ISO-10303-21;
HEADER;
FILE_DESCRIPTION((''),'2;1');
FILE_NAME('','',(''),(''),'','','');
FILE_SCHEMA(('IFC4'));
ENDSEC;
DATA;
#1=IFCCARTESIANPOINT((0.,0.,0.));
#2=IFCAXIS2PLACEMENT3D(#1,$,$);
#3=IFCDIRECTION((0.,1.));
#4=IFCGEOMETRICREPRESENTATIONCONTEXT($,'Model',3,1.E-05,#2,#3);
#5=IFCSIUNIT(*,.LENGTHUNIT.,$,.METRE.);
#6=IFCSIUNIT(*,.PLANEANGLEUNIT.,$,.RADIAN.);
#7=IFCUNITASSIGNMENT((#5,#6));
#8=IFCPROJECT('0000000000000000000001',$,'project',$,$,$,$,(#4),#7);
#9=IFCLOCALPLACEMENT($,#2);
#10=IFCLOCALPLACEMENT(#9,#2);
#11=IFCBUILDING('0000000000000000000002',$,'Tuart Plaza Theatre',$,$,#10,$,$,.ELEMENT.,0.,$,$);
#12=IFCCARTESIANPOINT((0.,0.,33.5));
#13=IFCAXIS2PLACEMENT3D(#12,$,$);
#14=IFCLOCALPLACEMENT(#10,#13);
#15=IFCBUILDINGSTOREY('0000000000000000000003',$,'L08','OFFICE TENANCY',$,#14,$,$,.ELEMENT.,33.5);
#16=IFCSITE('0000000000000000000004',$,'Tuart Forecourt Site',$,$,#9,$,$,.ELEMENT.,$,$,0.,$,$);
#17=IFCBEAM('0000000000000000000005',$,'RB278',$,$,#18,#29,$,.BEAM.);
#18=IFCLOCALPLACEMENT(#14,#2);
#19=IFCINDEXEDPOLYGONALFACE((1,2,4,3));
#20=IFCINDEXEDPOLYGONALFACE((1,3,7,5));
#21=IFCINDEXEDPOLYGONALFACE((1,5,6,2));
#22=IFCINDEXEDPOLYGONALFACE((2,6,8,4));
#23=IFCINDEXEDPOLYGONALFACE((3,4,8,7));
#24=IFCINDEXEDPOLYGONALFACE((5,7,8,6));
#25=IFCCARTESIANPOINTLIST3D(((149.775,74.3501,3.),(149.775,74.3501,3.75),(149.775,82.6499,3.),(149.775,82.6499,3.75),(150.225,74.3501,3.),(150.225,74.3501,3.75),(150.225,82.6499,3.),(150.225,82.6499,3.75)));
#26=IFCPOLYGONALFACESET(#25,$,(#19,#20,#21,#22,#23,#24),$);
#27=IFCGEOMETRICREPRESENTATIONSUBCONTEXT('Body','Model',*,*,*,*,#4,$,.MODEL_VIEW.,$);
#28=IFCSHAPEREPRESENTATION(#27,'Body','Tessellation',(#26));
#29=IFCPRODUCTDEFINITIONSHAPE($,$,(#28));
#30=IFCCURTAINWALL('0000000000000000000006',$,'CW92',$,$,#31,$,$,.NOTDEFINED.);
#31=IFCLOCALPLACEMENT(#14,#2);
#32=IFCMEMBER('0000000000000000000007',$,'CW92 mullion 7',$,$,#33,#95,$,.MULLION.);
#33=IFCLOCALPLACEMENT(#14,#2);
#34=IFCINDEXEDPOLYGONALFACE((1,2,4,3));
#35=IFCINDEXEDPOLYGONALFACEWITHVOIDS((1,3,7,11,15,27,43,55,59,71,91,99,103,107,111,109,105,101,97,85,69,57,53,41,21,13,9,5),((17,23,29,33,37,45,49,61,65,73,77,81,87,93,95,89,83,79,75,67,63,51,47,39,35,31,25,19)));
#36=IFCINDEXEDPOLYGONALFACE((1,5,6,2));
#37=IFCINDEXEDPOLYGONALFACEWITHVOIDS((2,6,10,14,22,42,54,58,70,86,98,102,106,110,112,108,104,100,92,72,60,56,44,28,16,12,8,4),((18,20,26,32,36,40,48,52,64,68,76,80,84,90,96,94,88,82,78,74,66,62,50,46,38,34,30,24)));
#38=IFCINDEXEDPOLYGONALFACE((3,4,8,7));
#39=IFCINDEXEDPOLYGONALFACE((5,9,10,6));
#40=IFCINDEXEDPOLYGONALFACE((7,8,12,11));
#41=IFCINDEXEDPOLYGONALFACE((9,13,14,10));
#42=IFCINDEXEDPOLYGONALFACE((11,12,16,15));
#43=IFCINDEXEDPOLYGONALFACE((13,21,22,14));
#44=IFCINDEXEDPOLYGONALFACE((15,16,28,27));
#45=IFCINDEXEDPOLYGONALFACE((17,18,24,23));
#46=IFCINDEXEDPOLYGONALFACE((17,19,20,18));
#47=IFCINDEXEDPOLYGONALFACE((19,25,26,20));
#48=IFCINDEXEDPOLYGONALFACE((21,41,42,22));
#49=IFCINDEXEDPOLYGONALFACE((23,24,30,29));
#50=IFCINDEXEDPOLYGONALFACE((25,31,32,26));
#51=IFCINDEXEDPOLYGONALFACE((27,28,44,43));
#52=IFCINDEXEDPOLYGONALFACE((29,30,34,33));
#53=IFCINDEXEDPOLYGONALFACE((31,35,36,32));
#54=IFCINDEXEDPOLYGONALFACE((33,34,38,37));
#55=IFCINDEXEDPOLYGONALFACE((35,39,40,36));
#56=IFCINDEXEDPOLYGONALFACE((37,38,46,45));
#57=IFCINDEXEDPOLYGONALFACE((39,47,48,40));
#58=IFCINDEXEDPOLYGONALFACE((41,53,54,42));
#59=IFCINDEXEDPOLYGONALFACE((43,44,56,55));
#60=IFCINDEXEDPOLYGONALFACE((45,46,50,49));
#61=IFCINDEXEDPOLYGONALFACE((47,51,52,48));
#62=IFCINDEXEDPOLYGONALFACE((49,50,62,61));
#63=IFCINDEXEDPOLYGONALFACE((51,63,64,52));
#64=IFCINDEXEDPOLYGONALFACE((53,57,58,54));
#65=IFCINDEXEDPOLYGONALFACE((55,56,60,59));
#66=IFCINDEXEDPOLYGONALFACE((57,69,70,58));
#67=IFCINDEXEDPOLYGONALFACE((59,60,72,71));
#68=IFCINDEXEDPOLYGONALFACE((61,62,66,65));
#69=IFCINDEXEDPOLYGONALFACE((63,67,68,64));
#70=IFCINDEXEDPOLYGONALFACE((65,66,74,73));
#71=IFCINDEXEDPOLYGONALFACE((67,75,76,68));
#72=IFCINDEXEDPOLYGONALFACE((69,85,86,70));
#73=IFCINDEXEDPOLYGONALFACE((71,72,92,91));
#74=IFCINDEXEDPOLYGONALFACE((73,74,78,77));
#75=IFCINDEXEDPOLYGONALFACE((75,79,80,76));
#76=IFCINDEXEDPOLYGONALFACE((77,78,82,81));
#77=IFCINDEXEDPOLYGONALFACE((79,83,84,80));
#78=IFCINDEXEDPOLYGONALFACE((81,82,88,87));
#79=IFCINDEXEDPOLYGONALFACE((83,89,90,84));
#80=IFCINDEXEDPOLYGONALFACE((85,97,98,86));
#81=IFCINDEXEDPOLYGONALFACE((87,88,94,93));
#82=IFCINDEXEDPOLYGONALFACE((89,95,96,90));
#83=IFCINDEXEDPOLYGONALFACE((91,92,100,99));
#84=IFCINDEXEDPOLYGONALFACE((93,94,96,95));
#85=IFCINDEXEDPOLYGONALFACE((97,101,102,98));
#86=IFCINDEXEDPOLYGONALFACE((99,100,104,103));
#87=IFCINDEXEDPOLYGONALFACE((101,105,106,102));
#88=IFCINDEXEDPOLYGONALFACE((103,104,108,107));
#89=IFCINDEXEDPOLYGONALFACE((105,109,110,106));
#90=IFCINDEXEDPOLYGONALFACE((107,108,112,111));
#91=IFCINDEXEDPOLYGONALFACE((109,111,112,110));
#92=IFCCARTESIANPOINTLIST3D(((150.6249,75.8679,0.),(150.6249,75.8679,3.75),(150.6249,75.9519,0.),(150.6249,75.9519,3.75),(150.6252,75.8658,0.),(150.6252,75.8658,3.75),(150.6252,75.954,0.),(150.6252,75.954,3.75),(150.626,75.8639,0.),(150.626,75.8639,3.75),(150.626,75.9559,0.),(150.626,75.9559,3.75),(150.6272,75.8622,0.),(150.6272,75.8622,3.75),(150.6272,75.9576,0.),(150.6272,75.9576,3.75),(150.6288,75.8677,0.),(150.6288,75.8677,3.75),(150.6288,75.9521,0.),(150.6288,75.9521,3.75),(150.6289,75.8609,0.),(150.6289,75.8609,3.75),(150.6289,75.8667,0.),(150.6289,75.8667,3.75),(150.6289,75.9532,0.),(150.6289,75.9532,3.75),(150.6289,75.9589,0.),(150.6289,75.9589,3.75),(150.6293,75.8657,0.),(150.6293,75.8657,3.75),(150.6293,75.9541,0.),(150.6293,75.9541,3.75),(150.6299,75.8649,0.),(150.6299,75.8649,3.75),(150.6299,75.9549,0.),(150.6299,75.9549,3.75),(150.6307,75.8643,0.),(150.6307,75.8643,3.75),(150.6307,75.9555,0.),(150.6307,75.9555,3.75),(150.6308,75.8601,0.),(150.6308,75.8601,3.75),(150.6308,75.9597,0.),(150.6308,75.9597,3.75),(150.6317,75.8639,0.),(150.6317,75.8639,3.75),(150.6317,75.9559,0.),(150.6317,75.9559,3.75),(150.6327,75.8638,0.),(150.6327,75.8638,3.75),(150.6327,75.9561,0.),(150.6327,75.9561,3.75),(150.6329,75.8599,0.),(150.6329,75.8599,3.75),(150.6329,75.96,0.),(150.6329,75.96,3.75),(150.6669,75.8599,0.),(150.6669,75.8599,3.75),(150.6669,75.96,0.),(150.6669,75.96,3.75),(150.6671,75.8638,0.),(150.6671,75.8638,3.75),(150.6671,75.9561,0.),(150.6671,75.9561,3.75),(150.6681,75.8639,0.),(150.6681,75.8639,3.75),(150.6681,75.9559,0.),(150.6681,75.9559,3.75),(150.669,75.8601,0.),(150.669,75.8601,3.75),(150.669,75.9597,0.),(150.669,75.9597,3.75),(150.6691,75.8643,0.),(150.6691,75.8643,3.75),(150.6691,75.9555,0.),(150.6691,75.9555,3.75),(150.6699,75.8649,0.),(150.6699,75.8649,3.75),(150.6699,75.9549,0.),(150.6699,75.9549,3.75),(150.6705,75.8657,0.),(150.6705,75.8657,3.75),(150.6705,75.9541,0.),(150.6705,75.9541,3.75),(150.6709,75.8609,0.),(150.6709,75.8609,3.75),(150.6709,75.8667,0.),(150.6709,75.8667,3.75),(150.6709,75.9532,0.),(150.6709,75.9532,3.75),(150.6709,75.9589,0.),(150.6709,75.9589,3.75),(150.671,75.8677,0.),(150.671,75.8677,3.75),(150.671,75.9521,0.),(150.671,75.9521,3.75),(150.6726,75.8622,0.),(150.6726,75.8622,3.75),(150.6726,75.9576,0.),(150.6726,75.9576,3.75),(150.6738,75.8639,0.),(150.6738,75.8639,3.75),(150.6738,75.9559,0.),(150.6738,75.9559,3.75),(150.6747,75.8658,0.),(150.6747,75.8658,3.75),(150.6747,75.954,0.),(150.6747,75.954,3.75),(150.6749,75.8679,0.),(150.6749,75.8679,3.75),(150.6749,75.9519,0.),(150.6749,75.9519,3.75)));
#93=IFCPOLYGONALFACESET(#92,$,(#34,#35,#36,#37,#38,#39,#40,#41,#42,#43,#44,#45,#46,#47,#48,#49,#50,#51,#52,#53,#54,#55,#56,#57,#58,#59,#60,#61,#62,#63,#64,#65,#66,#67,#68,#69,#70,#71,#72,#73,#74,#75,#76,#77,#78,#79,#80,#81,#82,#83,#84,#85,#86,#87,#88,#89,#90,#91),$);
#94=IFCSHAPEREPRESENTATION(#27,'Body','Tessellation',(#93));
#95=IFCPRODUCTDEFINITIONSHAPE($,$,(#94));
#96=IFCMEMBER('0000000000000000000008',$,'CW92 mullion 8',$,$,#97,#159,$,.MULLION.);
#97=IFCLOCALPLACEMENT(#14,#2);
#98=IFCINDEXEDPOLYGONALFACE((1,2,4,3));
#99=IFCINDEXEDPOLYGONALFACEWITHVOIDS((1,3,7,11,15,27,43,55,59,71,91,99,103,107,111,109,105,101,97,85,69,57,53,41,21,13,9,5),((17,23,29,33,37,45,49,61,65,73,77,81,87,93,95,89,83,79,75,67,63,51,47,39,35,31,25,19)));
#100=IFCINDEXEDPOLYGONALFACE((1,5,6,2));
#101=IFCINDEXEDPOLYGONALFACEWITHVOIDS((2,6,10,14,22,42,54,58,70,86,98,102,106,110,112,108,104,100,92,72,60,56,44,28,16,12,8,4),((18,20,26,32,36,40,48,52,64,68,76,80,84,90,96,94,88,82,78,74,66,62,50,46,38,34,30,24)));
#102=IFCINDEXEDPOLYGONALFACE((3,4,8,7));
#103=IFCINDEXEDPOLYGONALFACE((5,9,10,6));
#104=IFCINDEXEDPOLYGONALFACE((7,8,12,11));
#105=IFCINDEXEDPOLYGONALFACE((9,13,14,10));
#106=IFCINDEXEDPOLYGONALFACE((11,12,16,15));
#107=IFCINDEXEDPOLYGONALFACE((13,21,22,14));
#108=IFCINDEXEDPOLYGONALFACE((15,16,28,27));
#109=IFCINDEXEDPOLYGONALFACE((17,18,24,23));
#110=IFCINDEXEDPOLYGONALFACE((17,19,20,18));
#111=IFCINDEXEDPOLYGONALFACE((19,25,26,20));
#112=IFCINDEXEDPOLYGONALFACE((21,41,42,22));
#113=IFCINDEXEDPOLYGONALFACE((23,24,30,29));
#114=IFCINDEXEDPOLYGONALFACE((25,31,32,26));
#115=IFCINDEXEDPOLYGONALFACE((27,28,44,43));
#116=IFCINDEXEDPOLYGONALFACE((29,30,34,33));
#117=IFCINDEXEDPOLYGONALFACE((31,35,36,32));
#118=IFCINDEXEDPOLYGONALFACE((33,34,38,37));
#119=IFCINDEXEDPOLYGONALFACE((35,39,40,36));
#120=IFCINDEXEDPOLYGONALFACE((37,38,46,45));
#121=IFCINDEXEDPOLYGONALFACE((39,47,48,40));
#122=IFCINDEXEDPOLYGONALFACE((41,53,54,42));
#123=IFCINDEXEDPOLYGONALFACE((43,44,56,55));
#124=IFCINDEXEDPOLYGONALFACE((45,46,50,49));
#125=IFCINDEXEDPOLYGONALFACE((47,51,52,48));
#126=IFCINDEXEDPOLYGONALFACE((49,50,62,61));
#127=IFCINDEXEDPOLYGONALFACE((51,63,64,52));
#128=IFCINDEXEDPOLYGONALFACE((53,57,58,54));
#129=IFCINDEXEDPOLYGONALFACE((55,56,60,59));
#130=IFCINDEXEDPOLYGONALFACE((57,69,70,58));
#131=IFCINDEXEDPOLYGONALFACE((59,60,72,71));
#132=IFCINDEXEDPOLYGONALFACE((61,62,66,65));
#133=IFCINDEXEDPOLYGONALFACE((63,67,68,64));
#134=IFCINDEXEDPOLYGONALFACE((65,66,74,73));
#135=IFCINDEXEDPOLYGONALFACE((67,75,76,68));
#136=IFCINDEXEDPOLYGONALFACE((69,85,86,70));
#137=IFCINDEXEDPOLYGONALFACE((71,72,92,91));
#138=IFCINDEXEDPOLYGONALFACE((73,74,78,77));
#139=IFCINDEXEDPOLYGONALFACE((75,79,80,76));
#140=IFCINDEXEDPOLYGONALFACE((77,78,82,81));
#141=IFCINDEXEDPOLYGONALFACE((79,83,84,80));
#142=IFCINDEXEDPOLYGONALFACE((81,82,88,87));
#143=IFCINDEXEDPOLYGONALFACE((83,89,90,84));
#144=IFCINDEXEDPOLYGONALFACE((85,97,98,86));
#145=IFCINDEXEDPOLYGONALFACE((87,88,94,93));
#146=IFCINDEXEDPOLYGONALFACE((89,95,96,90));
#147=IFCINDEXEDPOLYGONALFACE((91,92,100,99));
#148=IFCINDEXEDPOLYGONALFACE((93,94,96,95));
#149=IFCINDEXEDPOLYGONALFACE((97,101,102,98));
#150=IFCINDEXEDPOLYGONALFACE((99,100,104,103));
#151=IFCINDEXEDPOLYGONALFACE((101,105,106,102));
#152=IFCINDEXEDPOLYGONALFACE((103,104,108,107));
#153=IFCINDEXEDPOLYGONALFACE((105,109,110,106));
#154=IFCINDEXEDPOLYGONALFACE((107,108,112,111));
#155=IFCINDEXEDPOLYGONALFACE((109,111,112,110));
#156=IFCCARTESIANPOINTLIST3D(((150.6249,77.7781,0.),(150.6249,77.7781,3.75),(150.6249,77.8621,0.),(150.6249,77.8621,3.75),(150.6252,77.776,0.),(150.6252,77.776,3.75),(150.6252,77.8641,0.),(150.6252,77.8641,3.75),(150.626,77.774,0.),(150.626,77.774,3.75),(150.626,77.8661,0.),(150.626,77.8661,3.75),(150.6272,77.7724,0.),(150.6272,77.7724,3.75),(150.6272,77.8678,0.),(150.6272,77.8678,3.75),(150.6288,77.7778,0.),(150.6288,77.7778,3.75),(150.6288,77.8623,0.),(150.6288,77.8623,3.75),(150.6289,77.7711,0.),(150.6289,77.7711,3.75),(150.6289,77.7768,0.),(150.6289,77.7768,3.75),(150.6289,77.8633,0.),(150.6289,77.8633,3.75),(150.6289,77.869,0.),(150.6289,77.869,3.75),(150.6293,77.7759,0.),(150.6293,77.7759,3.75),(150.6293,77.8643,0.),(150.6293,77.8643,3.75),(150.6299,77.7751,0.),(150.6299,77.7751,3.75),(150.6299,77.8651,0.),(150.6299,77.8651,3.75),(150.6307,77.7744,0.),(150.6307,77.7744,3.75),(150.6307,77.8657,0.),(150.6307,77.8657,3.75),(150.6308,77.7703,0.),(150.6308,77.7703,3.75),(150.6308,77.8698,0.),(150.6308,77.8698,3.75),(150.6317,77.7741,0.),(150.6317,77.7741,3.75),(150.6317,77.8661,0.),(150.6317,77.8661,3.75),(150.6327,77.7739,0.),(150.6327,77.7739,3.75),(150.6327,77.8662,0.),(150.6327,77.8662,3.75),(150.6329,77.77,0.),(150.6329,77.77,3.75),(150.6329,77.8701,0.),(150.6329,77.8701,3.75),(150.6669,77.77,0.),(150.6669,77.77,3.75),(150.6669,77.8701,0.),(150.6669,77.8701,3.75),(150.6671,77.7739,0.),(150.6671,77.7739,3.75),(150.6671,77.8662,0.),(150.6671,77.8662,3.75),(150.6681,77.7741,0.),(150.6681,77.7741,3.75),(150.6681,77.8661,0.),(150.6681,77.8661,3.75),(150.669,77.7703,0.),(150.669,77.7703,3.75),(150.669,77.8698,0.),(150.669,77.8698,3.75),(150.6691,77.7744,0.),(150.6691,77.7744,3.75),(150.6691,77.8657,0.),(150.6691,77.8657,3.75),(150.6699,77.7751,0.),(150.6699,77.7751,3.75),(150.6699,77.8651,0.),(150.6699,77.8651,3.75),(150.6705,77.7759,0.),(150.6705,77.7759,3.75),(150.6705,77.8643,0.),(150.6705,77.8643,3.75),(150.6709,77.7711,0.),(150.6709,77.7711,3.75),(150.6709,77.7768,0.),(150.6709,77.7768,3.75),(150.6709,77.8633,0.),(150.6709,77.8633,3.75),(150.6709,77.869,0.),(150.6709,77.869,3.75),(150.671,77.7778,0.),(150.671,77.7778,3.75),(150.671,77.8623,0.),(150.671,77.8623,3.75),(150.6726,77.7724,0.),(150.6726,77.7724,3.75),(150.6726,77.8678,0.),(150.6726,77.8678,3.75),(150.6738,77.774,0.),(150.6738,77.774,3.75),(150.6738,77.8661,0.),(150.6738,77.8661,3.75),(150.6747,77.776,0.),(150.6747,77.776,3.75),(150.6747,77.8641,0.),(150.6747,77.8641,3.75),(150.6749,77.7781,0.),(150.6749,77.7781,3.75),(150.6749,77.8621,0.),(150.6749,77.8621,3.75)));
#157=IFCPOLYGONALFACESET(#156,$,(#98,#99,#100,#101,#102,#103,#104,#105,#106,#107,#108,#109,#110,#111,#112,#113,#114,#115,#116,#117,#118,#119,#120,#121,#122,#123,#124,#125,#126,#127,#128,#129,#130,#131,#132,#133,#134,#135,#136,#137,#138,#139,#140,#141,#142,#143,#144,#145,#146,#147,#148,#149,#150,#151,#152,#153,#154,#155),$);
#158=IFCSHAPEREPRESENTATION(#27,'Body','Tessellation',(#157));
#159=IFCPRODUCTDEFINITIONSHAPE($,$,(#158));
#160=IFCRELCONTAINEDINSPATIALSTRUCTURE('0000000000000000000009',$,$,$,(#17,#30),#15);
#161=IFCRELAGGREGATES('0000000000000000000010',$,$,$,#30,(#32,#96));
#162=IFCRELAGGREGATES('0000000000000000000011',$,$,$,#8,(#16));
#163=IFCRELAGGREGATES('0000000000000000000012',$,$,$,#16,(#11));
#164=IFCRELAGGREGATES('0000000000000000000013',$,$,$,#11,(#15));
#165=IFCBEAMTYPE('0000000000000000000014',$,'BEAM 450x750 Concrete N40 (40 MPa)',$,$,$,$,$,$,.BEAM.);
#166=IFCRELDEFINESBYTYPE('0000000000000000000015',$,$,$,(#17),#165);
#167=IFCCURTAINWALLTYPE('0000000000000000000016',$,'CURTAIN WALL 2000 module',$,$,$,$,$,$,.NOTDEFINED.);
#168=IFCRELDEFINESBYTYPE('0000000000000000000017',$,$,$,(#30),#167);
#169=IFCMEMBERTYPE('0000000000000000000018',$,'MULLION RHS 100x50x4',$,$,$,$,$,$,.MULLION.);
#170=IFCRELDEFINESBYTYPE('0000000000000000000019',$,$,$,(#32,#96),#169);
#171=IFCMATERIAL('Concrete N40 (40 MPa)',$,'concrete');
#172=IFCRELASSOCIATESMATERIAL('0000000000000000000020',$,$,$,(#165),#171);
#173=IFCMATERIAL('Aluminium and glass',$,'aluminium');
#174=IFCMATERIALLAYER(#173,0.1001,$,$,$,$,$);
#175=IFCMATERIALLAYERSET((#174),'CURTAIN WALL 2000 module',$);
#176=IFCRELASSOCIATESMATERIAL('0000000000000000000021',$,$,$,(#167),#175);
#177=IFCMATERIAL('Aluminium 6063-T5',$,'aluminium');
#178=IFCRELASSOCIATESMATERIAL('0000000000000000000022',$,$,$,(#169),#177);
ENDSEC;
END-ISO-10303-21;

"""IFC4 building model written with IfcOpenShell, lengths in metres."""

from ifc_helpers import new_model, si_unit, direction, frame, origin, origin_2d, place, context, subcontext, project, spatial, rectangle, hollow_rectangle, extrude, material, layer, layer_set, material_profile, profile_set, type_object, element, aggregate, save


model = new_model("IFC4")

# Units and contexts
model_context = context("Model", 3, precision=1e-05, world=origin(), true_north=direction((0.0, 1.0)))
body_context = subcontext(model_context, "Body", "Model", "MODEL_VIEW")
ifc_project = project(units=[si_unit("LENGTHUNIT", "METRE"), si_unit("PLANEANGLEUNIT", "RADIAN")], contexts=[model_context])

# Site, building, storey
site_placement = place(None, origin())
site = spatial("IfcSite", under=ifc_project, at=site_placement, Name="Tuart Forecourt Site", CompositionType="ELEMENT", RefElevation=0.0)
building_placement = place(site_placement, origin())
building = spatial("IfcBuilding", under=site, at=building_placement, Name="Tuart Plaza Theatre", CompositionType="ELEMENT", ElevationOfRefHeight=0.0)
storey_placement = place(building_placement, frame((0.0, 0.0, 33.5)))
storey = spatial("IfcBuildingStorey", under=building, at=storey_placement, Name="L08", Description="OFFICE TENANCY", CompositionType="ELEMENT", Elevation=33.5)

# Beam
ifc_material_1 = material(Name="Concrete N40 (40 MPa)", Category="concrete")
ifc_material_profile_1 = material_profile(ifc_material_1, rectangle(XDim=0.45, YDim=0.75, at=origin_2d()), Name="BEAM 450x750 Concrete N40 (40 MPa)")
ifc_profile_set_1 = profile_set([ifc_material_profile_1], Name="Concrete N40 (40 MPa)")
beam_type = type_object("IfcBeamType", Name="BEAM 450x750 Concrete N40 (40 MPa)", PredefinedType="BEAM", material=ifc_profile_set_1)
beam_placement = place(storey_placement, frame((150.0, 74.3501, 3.375), z_axis=(0.0, 1.0, 0.0), x_axis=(-1.0, 0.0, 0.0)))
element("IfcBeam", 1, at=beam_placement, inside=storey, type_object=beam_type, Name="RB278", PredefinedType="BEAM", context=body_context, shape_type="SweptSolid", body=[
    extrude(rectangle(XDim=0.45, YDim=0.75, at=origin_2d()), origin(), (0.0, 0.0, 1.0), 8.2998),
])

# Curtain wall, members
ifc_material_2 = material(Name="Aluminium and glass", Category="aluminium")
ifc_layer_1 = layer(ifc_material_2, 0.1001)
ifc_layer_set_1 = layer_set([ifc_layer_1], Name="CURTAIN WALL 2000 module")
curtain_wall_type = type_object("IfcCurtainWallType", Name="CURTAIN WALL 2000 module", PredefinedType="NOTDEFINED", material=ifc_layer_set_1)
curtain_wall_placement = place(storey_placement, origin())
curtain_wall = element("IfcCurtainWall", 2, at=curtain_wall_placement, inside=storey, type_object=curtain_wall_type, Name="CW92", PredefinedType="NOTDEFINED")
ifc_material_3 = material(Name="Aluminium 6063-T5", Category="aluminium")
ifc_material_profile_2 = material_profile(ifc_material_3, hollow_rectangle(XDim=0.05, YDim=0.1001, WallThickness=0.0039, InnerFilletRadius=0.0039, OuterFilletRadius=0.0081, at=origin_2d()), Name="RHS 100x50x4")
ifc_profile_set_2 = profile_set([ifc_material_profile_2], Name="Aluminium 6063-T5")
member_type_1 = type_object("IfcMemberType", Name="MULLION RHS 100x50x4", PredefinedType="MULLION", material=ifc_profile_set_2)
member_1_placement = place(storey_placement, frame((150.6499, 75.9099, 0.0), z_axis=(0.0, 0.0, 1.0), x_axis=(-1.0, 0.0, 0.0)))
member_1 = element("IfcMember", 3, at=member_1_placement, type_object=member_type_1, Name="CW92 mullion 7", PredefinedType="MULLION", context=body_context, shape_type="SweptSolid", body=[
    extrude(hollow_rectangle(XDim=0.05, YDim=0.1001, WallThickness=0.0039, InnerFilletRadius=0.0039, OuterFilletRadius=0.0081, at=origin_2d()), origin(), (0.0, 0.0, 1.0), 3.75),
])
member_2_placement = place(storey_placement, frame((150.6499, 77.8201, 0.0), z_axis=(0.0, 0.0, 1.0), x_axis=(-1.0, 0.0, 0.0)))
member_2 = element("IfcMember", 4, at=member_2_placement, type_object=member_type_1, Name="CW92 mullion 8", PredefinedType="MULLION", context=body_context, shape_type="SweptSolid", body=[
    extrude(hollow_rectangle(XDim=0.05, YDim=0.1001, WallThickness=0.0039, InnerFilletRadius=0.0039, OuterFilletRadius=0.0081, at=origin_2d()), origin(), (0.0, 0.0, 1.0), 3.75),
])
aggregate(curtain_wall, [member_1, member_2])

save(model, "model.ifc")
